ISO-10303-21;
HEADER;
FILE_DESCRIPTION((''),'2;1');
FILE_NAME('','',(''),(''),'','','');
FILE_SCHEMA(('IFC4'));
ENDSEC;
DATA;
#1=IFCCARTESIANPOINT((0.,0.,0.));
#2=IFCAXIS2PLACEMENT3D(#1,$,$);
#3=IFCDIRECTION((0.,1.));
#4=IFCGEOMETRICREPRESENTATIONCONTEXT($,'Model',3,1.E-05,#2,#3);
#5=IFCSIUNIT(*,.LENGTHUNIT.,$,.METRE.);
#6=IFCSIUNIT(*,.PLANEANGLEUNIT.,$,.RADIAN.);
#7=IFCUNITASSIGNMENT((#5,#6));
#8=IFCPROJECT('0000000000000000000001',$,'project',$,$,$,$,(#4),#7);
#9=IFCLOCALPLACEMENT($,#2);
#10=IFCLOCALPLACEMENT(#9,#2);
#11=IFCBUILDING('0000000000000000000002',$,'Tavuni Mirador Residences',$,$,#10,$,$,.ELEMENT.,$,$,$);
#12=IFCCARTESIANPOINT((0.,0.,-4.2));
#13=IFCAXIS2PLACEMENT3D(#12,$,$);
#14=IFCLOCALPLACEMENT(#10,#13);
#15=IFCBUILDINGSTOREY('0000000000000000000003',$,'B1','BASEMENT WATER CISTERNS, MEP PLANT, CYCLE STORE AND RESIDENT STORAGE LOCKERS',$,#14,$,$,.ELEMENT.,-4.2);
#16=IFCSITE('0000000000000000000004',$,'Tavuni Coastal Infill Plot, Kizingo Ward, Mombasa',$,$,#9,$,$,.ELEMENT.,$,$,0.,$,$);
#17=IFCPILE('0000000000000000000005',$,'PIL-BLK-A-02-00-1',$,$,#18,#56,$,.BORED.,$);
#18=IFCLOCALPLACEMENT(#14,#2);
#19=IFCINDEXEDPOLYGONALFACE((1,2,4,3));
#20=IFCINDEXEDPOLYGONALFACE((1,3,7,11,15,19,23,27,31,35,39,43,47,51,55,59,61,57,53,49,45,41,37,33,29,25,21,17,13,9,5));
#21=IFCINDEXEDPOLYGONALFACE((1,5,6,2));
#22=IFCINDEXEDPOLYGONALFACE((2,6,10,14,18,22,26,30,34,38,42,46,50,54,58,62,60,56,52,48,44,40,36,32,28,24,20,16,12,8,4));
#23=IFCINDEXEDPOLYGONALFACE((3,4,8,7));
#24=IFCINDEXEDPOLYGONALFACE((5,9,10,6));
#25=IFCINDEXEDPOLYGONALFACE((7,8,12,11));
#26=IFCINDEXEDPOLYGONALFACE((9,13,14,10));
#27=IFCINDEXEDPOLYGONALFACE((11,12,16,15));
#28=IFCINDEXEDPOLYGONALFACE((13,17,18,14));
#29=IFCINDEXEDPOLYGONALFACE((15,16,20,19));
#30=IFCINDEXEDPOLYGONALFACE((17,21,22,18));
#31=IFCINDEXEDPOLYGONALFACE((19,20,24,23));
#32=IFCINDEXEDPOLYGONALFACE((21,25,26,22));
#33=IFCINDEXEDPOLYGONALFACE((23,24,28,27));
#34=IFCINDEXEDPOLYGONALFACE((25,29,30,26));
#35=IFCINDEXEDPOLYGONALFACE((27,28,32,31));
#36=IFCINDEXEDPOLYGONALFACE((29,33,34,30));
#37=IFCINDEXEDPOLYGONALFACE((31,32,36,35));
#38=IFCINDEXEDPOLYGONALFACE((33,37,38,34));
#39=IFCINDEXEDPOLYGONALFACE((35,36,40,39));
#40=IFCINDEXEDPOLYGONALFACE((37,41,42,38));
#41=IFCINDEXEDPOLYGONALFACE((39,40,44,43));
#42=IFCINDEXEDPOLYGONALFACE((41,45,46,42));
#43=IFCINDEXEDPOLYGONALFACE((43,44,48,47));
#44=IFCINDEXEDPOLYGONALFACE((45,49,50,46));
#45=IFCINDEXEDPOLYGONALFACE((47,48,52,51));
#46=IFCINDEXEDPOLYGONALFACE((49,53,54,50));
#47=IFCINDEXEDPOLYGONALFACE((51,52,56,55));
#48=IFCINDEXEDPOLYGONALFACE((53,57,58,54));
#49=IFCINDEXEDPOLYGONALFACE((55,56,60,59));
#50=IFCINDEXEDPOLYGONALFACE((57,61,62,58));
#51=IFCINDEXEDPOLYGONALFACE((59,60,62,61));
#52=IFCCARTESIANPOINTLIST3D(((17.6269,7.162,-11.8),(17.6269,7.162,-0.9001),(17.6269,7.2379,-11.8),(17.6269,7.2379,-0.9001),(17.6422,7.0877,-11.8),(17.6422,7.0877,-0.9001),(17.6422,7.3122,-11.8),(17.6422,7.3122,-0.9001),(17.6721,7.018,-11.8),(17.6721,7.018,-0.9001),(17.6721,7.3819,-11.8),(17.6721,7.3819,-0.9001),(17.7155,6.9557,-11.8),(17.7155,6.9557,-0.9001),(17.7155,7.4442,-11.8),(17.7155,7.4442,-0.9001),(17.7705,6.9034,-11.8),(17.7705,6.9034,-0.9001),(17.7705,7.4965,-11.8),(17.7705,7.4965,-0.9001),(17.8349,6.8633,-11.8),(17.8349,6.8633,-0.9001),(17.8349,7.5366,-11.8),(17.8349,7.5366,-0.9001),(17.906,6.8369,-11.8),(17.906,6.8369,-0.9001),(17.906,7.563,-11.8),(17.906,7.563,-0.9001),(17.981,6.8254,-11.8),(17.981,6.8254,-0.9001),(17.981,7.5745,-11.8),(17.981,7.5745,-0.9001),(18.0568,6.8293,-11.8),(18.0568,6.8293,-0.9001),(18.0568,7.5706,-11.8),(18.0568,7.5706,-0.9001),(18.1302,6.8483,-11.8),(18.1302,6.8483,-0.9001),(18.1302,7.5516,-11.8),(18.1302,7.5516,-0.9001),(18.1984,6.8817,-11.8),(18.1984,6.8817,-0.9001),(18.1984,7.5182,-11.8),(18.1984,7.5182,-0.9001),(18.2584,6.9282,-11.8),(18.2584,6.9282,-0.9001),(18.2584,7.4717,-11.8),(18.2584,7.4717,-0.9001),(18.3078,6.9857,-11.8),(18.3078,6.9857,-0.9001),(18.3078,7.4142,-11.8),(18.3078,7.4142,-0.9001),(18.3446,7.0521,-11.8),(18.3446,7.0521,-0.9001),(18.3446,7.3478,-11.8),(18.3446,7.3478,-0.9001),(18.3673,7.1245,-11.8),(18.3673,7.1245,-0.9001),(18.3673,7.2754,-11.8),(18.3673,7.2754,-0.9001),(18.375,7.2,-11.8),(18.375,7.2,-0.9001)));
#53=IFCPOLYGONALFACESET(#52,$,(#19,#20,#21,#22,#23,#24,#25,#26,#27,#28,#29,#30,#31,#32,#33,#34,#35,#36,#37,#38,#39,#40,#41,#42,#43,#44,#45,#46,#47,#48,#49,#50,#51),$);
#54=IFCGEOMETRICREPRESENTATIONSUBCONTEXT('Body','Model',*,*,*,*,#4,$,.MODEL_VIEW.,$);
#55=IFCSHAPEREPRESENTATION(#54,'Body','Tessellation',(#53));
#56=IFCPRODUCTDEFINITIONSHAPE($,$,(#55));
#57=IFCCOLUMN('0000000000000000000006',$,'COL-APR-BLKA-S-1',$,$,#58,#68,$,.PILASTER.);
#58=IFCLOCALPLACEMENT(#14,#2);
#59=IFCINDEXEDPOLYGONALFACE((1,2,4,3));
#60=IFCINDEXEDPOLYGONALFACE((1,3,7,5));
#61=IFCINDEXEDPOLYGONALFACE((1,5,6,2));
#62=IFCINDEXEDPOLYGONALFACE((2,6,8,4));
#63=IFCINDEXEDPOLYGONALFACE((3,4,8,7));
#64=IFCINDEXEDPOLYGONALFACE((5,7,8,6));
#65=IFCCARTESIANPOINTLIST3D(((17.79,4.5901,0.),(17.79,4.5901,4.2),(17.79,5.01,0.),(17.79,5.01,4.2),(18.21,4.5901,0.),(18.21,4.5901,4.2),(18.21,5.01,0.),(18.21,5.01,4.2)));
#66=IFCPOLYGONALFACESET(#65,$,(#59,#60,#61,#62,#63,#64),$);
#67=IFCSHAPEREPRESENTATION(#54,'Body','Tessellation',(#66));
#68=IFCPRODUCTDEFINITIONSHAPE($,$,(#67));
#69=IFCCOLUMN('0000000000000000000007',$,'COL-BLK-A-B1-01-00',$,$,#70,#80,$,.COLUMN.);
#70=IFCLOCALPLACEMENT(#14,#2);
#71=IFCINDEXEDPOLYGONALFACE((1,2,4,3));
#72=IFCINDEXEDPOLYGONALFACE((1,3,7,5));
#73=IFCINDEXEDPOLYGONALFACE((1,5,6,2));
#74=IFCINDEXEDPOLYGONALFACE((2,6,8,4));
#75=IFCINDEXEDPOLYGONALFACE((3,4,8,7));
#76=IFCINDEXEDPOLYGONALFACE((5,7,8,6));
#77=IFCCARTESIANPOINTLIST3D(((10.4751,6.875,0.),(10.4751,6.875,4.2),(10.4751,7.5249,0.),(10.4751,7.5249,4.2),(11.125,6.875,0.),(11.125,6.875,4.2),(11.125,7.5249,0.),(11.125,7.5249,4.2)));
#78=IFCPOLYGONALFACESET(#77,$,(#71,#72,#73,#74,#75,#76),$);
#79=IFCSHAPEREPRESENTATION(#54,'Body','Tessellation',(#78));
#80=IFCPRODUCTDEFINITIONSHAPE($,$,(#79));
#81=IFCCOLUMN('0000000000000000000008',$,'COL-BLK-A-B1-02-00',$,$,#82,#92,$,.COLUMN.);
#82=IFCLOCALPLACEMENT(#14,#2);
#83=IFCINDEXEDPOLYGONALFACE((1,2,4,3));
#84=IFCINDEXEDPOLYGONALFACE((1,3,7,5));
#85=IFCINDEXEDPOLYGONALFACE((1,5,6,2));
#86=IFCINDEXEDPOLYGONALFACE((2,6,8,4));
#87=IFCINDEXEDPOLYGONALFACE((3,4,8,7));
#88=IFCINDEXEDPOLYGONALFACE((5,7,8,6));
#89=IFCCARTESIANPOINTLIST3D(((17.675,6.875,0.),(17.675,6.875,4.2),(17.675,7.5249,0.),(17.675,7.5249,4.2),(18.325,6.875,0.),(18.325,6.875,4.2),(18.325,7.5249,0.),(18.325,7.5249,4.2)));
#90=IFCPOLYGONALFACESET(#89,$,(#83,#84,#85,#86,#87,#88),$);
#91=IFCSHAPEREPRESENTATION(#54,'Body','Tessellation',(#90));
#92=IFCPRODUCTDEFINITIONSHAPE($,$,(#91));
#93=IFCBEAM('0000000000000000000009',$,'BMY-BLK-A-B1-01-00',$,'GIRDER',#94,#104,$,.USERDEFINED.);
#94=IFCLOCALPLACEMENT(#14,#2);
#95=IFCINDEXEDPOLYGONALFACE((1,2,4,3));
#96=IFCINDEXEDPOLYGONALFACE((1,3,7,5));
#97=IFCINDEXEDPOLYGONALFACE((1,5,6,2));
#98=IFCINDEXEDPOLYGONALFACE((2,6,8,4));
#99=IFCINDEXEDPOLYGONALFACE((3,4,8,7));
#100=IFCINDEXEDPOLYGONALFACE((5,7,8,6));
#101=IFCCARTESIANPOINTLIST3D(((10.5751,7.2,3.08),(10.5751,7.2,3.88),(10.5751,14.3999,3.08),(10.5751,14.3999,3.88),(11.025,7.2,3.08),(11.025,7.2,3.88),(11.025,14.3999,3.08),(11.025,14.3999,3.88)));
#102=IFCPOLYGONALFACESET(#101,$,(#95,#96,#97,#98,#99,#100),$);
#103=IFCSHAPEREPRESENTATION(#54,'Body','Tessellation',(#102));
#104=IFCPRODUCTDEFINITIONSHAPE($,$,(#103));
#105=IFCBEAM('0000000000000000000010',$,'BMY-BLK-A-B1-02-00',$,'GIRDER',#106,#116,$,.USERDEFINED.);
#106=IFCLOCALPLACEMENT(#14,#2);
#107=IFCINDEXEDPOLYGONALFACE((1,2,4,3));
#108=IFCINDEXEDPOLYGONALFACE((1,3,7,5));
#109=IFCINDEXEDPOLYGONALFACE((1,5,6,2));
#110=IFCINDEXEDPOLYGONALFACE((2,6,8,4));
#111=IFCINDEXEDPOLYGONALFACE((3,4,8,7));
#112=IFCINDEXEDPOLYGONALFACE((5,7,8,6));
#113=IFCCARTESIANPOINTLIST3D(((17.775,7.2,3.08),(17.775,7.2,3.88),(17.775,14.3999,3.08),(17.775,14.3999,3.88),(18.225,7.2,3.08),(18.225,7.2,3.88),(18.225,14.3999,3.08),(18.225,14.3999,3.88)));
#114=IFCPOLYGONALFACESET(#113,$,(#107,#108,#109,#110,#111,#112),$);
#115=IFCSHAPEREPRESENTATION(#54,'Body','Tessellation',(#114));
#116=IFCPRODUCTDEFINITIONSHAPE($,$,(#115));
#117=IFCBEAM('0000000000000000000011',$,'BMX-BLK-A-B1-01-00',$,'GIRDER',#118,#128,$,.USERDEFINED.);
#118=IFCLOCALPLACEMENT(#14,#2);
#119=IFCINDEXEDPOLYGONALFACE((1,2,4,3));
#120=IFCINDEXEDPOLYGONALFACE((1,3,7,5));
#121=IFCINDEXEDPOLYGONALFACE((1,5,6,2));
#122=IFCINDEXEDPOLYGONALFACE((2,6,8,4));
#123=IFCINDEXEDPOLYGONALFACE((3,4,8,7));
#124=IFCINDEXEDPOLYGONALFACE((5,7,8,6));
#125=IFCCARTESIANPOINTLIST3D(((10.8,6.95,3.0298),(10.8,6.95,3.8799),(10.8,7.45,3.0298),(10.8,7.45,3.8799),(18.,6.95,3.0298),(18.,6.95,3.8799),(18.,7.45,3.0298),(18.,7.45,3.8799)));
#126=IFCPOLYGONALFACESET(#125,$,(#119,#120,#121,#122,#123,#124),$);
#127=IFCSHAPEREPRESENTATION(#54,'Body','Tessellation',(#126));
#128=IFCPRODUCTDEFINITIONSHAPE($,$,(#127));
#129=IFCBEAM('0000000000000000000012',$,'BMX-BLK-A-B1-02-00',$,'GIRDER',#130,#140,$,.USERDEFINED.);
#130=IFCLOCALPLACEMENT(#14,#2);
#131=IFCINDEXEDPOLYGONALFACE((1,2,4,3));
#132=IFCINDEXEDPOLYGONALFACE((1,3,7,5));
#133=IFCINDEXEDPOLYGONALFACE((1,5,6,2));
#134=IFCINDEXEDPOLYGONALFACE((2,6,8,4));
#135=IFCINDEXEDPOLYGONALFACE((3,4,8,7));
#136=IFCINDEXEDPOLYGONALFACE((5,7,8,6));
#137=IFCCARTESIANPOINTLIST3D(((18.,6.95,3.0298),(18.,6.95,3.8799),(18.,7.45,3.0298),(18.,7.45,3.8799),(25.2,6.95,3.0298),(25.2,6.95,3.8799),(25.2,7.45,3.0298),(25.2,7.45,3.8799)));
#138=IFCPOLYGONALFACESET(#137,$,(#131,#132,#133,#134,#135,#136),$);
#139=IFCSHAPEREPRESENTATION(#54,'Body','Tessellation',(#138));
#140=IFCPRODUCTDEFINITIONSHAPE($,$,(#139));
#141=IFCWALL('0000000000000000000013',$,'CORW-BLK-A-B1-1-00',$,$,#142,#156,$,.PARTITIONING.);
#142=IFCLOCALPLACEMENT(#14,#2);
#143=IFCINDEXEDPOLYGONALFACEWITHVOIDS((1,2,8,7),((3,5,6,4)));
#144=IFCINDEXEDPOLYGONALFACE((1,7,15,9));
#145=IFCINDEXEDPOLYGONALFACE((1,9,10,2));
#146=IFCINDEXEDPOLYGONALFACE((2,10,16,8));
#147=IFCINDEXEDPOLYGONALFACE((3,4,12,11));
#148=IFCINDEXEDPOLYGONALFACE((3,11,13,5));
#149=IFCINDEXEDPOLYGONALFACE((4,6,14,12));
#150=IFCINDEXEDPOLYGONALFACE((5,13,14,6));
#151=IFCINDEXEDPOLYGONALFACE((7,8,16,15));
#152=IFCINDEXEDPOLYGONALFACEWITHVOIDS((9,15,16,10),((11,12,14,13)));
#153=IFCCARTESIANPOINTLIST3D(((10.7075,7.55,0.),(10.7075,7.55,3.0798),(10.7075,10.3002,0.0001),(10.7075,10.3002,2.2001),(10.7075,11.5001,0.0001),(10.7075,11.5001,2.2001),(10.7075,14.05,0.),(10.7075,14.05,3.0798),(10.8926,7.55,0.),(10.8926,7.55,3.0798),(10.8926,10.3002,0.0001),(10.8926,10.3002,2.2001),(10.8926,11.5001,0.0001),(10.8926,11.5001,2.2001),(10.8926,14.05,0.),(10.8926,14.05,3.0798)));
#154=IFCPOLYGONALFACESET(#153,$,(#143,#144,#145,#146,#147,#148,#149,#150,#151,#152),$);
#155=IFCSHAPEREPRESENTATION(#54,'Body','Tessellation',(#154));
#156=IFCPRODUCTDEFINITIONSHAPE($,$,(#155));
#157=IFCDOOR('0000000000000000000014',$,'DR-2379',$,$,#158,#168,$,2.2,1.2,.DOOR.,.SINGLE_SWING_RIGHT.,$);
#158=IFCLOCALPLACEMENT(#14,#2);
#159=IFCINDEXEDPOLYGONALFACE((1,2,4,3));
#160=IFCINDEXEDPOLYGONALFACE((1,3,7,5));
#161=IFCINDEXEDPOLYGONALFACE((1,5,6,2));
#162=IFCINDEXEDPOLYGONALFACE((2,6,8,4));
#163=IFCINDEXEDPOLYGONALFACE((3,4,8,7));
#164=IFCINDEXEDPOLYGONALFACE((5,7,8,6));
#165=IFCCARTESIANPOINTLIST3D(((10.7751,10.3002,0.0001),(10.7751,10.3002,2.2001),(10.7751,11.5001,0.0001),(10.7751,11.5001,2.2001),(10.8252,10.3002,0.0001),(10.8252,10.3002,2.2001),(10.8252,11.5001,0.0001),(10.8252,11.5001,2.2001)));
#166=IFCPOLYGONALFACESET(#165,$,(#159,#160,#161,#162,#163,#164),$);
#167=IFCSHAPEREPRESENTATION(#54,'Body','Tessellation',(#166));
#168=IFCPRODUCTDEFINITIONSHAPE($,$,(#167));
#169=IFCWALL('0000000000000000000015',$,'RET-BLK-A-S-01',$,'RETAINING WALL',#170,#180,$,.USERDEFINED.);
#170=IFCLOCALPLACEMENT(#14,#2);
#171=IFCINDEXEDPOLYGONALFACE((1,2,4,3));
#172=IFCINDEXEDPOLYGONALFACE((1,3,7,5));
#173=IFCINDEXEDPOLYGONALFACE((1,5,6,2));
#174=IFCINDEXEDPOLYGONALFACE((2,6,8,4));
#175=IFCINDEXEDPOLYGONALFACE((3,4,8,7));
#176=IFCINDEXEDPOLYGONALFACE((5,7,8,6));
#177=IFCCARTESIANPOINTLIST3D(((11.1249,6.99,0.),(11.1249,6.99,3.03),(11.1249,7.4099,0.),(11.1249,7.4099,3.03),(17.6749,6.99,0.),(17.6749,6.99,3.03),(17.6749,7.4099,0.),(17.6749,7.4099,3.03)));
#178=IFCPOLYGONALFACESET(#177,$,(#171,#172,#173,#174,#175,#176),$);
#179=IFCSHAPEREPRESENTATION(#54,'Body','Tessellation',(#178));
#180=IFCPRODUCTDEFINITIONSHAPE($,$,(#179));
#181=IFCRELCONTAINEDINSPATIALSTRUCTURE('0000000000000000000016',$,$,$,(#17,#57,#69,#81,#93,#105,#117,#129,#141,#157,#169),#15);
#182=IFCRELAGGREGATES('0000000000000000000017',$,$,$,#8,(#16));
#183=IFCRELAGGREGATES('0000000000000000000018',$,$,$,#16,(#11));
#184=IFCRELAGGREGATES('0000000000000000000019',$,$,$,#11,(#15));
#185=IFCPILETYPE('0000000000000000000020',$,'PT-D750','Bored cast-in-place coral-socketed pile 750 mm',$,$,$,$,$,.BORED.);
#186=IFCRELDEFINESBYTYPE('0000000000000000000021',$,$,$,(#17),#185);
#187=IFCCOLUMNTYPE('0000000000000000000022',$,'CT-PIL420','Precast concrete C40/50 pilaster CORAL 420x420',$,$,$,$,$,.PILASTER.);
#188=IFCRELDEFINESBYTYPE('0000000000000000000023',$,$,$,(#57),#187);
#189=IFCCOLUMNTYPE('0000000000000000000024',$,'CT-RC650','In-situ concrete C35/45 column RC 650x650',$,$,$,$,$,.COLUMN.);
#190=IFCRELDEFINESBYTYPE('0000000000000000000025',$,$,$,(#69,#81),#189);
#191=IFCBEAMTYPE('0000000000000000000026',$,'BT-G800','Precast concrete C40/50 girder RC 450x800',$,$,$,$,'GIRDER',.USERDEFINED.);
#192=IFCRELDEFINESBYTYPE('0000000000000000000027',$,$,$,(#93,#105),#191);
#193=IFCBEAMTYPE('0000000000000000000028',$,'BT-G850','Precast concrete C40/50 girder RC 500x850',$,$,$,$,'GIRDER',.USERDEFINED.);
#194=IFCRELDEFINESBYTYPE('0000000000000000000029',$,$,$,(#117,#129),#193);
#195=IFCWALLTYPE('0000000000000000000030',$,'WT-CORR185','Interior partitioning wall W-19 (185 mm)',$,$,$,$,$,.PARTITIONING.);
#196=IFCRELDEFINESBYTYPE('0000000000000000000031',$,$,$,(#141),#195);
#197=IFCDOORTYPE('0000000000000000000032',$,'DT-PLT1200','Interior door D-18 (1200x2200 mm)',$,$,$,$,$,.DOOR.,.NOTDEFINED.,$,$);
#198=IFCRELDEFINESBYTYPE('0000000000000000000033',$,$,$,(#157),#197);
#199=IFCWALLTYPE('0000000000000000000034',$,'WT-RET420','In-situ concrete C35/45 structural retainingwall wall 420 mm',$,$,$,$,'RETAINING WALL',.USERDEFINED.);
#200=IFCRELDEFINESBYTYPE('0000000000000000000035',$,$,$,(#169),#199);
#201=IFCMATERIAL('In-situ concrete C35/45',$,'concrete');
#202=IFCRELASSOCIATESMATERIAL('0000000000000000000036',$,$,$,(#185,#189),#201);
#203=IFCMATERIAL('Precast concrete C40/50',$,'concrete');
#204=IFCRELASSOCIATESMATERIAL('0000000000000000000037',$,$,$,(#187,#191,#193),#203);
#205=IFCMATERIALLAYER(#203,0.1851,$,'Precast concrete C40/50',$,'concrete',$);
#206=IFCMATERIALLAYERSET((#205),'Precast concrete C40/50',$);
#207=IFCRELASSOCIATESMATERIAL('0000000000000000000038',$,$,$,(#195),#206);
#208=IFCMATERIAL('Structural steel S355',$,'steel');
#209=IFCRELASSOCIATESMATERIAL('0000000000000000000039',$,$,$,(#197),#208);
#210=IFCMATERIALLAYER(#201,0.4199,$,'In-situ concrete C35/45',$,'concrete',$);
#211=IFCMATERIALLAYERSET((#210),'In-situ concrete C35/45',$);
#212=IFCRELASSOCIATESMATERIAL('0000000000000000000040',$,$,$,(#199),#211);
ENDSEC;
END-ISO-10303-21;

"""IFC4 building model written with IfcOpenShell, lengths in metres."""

from ifc_helpers import new_model, si_unit, direction, frame, frame_2d, origin, origin_2d, place, context, subcontext, project, spatial, rectangle, circle, extrude, material, layer, layer_set, material_profile, profile_set, type_object, element, fill, save


model = new_model("IFC4")

# Units and contexts
model_context = context("Model", 3, precision=1e-05, world=origin(), true_north=direction((0.0, 1.0)))
body_context = subcontext(model_context, "Body", "Model", "MODEL_VIEW")
ifc_project = project(units=[si_unit("LENGTHUNIT", "METRE"), si_unit("PLANEANGLEUNIT", "RADIAN")], contexts=[model_context])

# Site, building, storey
site_placement = place(None, origin())
site = spatial("IfcSite", under=ifc_project, at=site_placement, Name="Tavuni Coastal Infill Plot, Kizingo Ward, Mombasa", CompositionType="ELEMENT", RefElevation=0.0)
building_placement = place(site_placement, origin())
building = spatial("IfcBuilding", under=site, at=building_placement, Name="Tavuni Mirador Residences", CompositionType="ELEMENT")
storey_placement = place(building_placement, frame((0.0, 0.0, -4.2)))
storey = spatial("IfcBuildingStorey", under=building, at=storey_placement, Name="B1", Description="BASEMENT WATER CISTERNS, MEP PLANT, CYCLE STORE AND RESIDENT STORAGE LOCKERS", CompositionType="ELEMENT", Elevation=-4.2)

# Shared definitions
ifc_material_1 = material(Name="In-situ concrete C35/45", Category="concrete")

# Pile
ifc_material_profile_1 = material_profile(ifc_material_1, circle(Radius=0.375, at=origin_2d()), Name="PILE D750", Category="concrete")
ifc_profile_set_1 = profile_set([ifc_material_profile_1], Name="In-situ concrete C35/45")
pile_type_1 = type_object("IfcPileType", Name="PT-D750", Description="Bored cast-in-place coral-socketed pile 750 mm", PredefinedType="BORED", material=ifc_profile_set_1)
pile_1_placement = place(storey_placement, frame((18.0, 7.2, -0.9001), z_axis=(0.0, 0.0, -1.0), x_axis=(1.0, 0.0, 0.0)))
element("IfcPile", 1, at=pile_1_placement, inside=storey, type_object=pile_type_1, Name="PIL-BLK-A-02-00-1", PredefinedType="BORED", context=body_context, shape_type="SweptSolid", body=[
    extrude(circle(Radius=0.375, at=origin_2d()), origin(), (0.0, 0.0, 1.0), 10.8999),
])

# Columns
ifc_material_2 = material(Name="Precast concrete C40/50", Category="concrete")
ifc_material_profile_2 = material_profile(ifc_material_2, rectangle(XDim=0.4199, YDim=0.4199, at=origin_2d()), Name="CORAL 420x420", Category="concrete")
ifc_profile_set_2 = profile_set([ifc_material_profile_2], Name="Precast concrete C40/50")
column_type_1 = type_object("IfcColumnType", Name="CT-PIL420", Description="Precast concrete C40/50 pilaster CORAL 420x420", PredefinedType="PILASTER", material=ifc_profile_set_2)
column_placement = place(storey_placement, frame((18.0, 4.8, 0.0), z_axis=(0.0, 0.0, 1.0), x_axis=(1.0, 0.0, 0.0)))
element("IfcColumn", 2, at=column_placement, inside=storey, type_object=column_type_1, Name="COL-APR-BLKA-S-1", PredefinedType="PILASTER", context=body_context, shape_type="SweptSolid", body=[
    extrude(rectangle(XDim=0.4199, YDim=0.4199, at=origin_2d()), origin(), (0.0, 0.0, 1.0), 4.2),
])
ifc_material_profile_3 = material_profile(ifc_material_1, rectangle(XDim=0.6499, YDim=0.6499, at=origin_2d()), Name="RC 650x650", Category="concrete")
ifc_profile_set_3 = profile_set([ifc_material_profile_3], Name="In-situ concrete C35/45")
column_type_2 = type_object("IfcColumnType", Name="CT-RC650", Description="In-situ concrete C35/45 column RC 650x650", PredefinedType="COLUMN", material=ifc_profile_set_3)
for number, where, z_axis, x_axis, name in (
    (3, (10.8, 7.2, 0.0), (0.0, 0.0, 1.0), (1.0, 0.0, 0.0), "COL-BLK-A-B1-01-00"),
    (4, (18.0, 7.2, 0.0), (0.0, 0.0, 1.0), (1.0, 0.0, 0.0), "COL-BLK-A-B1-02-00"),
):
    element("IfcColumn", number, at=place(storey_placement, frame(where, z_axis=z_axis, x_axis=x_axis)), inside=storey, type_object=column_type_2, Name=name, PredefinedType="COLUMN", context=body_context, shape_type="SweptSolid", body=[
        extrude(rectangle(XDim=0.6499, YDim=0.6499, at=origin_2d()), origin(), (0.0, 0.0, 1.0), 4.2),
    ])

# Beams
ifc_material_profile_4 = material_profile(ifc_material_2, rectangle(XDim=0.45, YDim=0.8, at=origin_2d()), Name="RC 450x800", Category="concrete")
ifc_profile_set_4 = profile_set([ifc_material_profile_4], Name="Precast concrete C40/50")
beam_type_1 = type_object("IfcBeamType", Name="BT-G800", Description="Precast concrete C40/50 girder RC 450x800", ElementType="GIRDER", PredefinedType="USERDEFINED", material=ifc_profile_set_4)
for number, where, z_axis, x_axis, name in (
    (5, (10.8, 7.2, 3.48), (0.0, 1.0, 0.0), (-1.0, 0.0, 0.0), "BMY-BLK-A-B1-01-00"),
    (6, (18.0, 7.2, 3.48), (0.0, 1.0, 0.0), (-1.0, 0.0, 0.0), "BMY-BLK-A-B1-02-00"),
):
    element("IfcBeam", number, at=place(storey_placement, frame(where, z_axis=z_axis, x_axis=x_axis)), inside=storey, type_object=beam_type_1, Name=name, ObjectType="GIRDER", PredefinedType="USERDEFINED", context=body_context, shape_type="SweptSolid", body=[
        extrude(rectangle(XDim=0.45, YDim=0.8, at=origin_2d()), origin(), (0.0, 0.0, 1.0), 7.2),
    ])
ifc_material_profile_5 = material_profile(ifc_material_2, rectangle(XDim=0.5, YDim=0.8501, at=origin_2d()), Name="RC 500x850", Category="concrete")
ifc_profile_set_5 = profile_set([ifc_material_profile_5], Name="Precast concrete C40/50")
beam_type_2 = type_object("IfcBeamType", Name="BT-G850", Description="Precast concrete C40/50 girder RC 500x850", ElementType="GIRDER", PredefinedType="USERDEFINED", material=ifc_profile_set_5)
for number, where, z_axis, x_axis, name in (
    (7, (10.8, 7.2, 3.4548), (1.0, 0.0, 0.0), (0.0, 1.0, 0.0), "BMX-BLK-A-B1-01-00"),
    (8, (18.0, 7.2, 3.4548), (1.0, 0.0, 0.0), (0.0, 1.0, 0.0), "BMX-BLK-A-B1-02-00"),
):
    element("IfcBeam", number, at=place(storey_placement, frame(where, z_axis=z_axis, x_axis=x_axis)), inside=storey, type_object=beam_type_2, Name=name, ObjectType="GIRDER", PredefinedType="USERDEFINED", context=body_context, shape_type="SweptSolid", body=[
        extrude(rectangle(XDim=0.5, YDim=0.8501, at=origin_2d()), origin(), (0.0, 0.0, 1.0), 7.2),
    ])

# Wall, opening, door
ifc_layer_1 = layer(ifc_material_2, 0.1851, Name="Precast concrete C40/50", Category="concrete")
ifc_layer_set_1 = layer_set([ifc_layer_1], Name="Precast concrete C40/50")
wall_type_1 = type_object("IfcWallType", Name="WT-CORR185", Description="Interior partitioning wall W-19 (185 mm)", PredefinedType="PARTITIONING", material=ifc_layer_set_1)
wall_1_placement = place(storey_placement, frame((10.8, 7.55, 0.0), z_axis=(0.0, 0.0, 1.0), x_axis=(0.0, 1.0, 0.0)))
wall_1 = element("IfcWall", 9, at=wall_1_placement, inside=storey, type_object=wall_type_1, Name="CORW-BLK-A-B1-1-00", PredefinedType="PARTITIONING", context=body_context, shape_type="SweptSolid", body=[
    extrude(rectangle(XDim=6.5, YDim=0.1851, at=frame_2d((3.25, 0.0))), origin(), (0.0, 0.0, 1.0), 3.0798),
])
opening_placement = place(wall_1_placement, frame((2.75, 0.0, 0.0)))
opening = element("IfcOpeningElement", 10, at=opening_placement, cuts=wall_1, PredefinedType="OPENING", context=body_context, shape_type="SweptSolid", body=[
    extrude(rectangle(XDim=1.2, YDim=2.2, at=frame_2d((0.6001, 1.1001))), frame((0.0, 0.1025, 0.0), z_axis=(0.0, -1.0, 0.0), x_axis=(1.0, 0.0, 0.0)), (0.0, 0.0, 1.0), 0.2051),
])
ifc_material_3 = material(Name="Structural steel S355", Category="steel")
door_type = type_object("IfcDoorType", Name="DT-PLT1200", Description="Interior door D-18 (1200x2200 mm)", OperationType="NOTDEFINED", PredefinedType="DOOR", material=ifc_material_3)
door_placement = place(opening_placement, origin())
door = element("IfcDoor", 11, at=door_placement, inside=storey, type_object=door_type, Name="DR-2379", OperationType="SINGLE_SWING_RIGHT", OverallHeight=2.2, OverallWidth=1.2, PredefinedType="DOOR", context=body_context, shape_type="SweptSolid", body=[
    extrude(rectangle(XDim=1.2, YDim=2.2, at=frame_2d((0.6001, 1.1001))), frame((0.0, 0.0249, 0.0), z_axis=(0.0, -1.0, 0.0), x_axis=(1.0, 0.0, 0.0)), (0.0, 0.0, 1.0), 0.05),
])
fill(opening, door)

# Wall
ifc_layer_2 = layer(ifc_material_1, 0.4199, Name="In-situ concrete C35/45", Category="concrete")
ifc_layer_set_2 = layer_set([ifc_layer_2], Name="In-situ concrete C35/45")
wall_type_2 = type_object("IfcWallType", Name="WT-RET420", Description="In-situ concrete C35/45 structural retainingwall wall 420 mm", ElementType="RETAINING WALL", PredefinedType="USERDEFINED", material=ifc_layer_set_2)
wall_2_placement = place(storey_placement, frame((11.125, 7.2, 0.0), z_axis=(0.0, 0.0, 1.0), x_axis=(1.0, 0.0, 0.0)))
element("IfcWall", 12, at=wall_2_placement, inside=storey, type_object=wall_type_2, Name="RET-BLK-A-S-01", ObjectType="RETAINING WALL", PredefinedType="USERDEFINED", context=body_context, shape_type="SweptSolid", body=[
    extrude(rectangle(XDim=6.55, YDim=0.4199, at=frame_2d((3.2749, 0.0))), origin(), (0.0, 0.0, 1.0), 3.03),
])

save(model, "model.ifc")
